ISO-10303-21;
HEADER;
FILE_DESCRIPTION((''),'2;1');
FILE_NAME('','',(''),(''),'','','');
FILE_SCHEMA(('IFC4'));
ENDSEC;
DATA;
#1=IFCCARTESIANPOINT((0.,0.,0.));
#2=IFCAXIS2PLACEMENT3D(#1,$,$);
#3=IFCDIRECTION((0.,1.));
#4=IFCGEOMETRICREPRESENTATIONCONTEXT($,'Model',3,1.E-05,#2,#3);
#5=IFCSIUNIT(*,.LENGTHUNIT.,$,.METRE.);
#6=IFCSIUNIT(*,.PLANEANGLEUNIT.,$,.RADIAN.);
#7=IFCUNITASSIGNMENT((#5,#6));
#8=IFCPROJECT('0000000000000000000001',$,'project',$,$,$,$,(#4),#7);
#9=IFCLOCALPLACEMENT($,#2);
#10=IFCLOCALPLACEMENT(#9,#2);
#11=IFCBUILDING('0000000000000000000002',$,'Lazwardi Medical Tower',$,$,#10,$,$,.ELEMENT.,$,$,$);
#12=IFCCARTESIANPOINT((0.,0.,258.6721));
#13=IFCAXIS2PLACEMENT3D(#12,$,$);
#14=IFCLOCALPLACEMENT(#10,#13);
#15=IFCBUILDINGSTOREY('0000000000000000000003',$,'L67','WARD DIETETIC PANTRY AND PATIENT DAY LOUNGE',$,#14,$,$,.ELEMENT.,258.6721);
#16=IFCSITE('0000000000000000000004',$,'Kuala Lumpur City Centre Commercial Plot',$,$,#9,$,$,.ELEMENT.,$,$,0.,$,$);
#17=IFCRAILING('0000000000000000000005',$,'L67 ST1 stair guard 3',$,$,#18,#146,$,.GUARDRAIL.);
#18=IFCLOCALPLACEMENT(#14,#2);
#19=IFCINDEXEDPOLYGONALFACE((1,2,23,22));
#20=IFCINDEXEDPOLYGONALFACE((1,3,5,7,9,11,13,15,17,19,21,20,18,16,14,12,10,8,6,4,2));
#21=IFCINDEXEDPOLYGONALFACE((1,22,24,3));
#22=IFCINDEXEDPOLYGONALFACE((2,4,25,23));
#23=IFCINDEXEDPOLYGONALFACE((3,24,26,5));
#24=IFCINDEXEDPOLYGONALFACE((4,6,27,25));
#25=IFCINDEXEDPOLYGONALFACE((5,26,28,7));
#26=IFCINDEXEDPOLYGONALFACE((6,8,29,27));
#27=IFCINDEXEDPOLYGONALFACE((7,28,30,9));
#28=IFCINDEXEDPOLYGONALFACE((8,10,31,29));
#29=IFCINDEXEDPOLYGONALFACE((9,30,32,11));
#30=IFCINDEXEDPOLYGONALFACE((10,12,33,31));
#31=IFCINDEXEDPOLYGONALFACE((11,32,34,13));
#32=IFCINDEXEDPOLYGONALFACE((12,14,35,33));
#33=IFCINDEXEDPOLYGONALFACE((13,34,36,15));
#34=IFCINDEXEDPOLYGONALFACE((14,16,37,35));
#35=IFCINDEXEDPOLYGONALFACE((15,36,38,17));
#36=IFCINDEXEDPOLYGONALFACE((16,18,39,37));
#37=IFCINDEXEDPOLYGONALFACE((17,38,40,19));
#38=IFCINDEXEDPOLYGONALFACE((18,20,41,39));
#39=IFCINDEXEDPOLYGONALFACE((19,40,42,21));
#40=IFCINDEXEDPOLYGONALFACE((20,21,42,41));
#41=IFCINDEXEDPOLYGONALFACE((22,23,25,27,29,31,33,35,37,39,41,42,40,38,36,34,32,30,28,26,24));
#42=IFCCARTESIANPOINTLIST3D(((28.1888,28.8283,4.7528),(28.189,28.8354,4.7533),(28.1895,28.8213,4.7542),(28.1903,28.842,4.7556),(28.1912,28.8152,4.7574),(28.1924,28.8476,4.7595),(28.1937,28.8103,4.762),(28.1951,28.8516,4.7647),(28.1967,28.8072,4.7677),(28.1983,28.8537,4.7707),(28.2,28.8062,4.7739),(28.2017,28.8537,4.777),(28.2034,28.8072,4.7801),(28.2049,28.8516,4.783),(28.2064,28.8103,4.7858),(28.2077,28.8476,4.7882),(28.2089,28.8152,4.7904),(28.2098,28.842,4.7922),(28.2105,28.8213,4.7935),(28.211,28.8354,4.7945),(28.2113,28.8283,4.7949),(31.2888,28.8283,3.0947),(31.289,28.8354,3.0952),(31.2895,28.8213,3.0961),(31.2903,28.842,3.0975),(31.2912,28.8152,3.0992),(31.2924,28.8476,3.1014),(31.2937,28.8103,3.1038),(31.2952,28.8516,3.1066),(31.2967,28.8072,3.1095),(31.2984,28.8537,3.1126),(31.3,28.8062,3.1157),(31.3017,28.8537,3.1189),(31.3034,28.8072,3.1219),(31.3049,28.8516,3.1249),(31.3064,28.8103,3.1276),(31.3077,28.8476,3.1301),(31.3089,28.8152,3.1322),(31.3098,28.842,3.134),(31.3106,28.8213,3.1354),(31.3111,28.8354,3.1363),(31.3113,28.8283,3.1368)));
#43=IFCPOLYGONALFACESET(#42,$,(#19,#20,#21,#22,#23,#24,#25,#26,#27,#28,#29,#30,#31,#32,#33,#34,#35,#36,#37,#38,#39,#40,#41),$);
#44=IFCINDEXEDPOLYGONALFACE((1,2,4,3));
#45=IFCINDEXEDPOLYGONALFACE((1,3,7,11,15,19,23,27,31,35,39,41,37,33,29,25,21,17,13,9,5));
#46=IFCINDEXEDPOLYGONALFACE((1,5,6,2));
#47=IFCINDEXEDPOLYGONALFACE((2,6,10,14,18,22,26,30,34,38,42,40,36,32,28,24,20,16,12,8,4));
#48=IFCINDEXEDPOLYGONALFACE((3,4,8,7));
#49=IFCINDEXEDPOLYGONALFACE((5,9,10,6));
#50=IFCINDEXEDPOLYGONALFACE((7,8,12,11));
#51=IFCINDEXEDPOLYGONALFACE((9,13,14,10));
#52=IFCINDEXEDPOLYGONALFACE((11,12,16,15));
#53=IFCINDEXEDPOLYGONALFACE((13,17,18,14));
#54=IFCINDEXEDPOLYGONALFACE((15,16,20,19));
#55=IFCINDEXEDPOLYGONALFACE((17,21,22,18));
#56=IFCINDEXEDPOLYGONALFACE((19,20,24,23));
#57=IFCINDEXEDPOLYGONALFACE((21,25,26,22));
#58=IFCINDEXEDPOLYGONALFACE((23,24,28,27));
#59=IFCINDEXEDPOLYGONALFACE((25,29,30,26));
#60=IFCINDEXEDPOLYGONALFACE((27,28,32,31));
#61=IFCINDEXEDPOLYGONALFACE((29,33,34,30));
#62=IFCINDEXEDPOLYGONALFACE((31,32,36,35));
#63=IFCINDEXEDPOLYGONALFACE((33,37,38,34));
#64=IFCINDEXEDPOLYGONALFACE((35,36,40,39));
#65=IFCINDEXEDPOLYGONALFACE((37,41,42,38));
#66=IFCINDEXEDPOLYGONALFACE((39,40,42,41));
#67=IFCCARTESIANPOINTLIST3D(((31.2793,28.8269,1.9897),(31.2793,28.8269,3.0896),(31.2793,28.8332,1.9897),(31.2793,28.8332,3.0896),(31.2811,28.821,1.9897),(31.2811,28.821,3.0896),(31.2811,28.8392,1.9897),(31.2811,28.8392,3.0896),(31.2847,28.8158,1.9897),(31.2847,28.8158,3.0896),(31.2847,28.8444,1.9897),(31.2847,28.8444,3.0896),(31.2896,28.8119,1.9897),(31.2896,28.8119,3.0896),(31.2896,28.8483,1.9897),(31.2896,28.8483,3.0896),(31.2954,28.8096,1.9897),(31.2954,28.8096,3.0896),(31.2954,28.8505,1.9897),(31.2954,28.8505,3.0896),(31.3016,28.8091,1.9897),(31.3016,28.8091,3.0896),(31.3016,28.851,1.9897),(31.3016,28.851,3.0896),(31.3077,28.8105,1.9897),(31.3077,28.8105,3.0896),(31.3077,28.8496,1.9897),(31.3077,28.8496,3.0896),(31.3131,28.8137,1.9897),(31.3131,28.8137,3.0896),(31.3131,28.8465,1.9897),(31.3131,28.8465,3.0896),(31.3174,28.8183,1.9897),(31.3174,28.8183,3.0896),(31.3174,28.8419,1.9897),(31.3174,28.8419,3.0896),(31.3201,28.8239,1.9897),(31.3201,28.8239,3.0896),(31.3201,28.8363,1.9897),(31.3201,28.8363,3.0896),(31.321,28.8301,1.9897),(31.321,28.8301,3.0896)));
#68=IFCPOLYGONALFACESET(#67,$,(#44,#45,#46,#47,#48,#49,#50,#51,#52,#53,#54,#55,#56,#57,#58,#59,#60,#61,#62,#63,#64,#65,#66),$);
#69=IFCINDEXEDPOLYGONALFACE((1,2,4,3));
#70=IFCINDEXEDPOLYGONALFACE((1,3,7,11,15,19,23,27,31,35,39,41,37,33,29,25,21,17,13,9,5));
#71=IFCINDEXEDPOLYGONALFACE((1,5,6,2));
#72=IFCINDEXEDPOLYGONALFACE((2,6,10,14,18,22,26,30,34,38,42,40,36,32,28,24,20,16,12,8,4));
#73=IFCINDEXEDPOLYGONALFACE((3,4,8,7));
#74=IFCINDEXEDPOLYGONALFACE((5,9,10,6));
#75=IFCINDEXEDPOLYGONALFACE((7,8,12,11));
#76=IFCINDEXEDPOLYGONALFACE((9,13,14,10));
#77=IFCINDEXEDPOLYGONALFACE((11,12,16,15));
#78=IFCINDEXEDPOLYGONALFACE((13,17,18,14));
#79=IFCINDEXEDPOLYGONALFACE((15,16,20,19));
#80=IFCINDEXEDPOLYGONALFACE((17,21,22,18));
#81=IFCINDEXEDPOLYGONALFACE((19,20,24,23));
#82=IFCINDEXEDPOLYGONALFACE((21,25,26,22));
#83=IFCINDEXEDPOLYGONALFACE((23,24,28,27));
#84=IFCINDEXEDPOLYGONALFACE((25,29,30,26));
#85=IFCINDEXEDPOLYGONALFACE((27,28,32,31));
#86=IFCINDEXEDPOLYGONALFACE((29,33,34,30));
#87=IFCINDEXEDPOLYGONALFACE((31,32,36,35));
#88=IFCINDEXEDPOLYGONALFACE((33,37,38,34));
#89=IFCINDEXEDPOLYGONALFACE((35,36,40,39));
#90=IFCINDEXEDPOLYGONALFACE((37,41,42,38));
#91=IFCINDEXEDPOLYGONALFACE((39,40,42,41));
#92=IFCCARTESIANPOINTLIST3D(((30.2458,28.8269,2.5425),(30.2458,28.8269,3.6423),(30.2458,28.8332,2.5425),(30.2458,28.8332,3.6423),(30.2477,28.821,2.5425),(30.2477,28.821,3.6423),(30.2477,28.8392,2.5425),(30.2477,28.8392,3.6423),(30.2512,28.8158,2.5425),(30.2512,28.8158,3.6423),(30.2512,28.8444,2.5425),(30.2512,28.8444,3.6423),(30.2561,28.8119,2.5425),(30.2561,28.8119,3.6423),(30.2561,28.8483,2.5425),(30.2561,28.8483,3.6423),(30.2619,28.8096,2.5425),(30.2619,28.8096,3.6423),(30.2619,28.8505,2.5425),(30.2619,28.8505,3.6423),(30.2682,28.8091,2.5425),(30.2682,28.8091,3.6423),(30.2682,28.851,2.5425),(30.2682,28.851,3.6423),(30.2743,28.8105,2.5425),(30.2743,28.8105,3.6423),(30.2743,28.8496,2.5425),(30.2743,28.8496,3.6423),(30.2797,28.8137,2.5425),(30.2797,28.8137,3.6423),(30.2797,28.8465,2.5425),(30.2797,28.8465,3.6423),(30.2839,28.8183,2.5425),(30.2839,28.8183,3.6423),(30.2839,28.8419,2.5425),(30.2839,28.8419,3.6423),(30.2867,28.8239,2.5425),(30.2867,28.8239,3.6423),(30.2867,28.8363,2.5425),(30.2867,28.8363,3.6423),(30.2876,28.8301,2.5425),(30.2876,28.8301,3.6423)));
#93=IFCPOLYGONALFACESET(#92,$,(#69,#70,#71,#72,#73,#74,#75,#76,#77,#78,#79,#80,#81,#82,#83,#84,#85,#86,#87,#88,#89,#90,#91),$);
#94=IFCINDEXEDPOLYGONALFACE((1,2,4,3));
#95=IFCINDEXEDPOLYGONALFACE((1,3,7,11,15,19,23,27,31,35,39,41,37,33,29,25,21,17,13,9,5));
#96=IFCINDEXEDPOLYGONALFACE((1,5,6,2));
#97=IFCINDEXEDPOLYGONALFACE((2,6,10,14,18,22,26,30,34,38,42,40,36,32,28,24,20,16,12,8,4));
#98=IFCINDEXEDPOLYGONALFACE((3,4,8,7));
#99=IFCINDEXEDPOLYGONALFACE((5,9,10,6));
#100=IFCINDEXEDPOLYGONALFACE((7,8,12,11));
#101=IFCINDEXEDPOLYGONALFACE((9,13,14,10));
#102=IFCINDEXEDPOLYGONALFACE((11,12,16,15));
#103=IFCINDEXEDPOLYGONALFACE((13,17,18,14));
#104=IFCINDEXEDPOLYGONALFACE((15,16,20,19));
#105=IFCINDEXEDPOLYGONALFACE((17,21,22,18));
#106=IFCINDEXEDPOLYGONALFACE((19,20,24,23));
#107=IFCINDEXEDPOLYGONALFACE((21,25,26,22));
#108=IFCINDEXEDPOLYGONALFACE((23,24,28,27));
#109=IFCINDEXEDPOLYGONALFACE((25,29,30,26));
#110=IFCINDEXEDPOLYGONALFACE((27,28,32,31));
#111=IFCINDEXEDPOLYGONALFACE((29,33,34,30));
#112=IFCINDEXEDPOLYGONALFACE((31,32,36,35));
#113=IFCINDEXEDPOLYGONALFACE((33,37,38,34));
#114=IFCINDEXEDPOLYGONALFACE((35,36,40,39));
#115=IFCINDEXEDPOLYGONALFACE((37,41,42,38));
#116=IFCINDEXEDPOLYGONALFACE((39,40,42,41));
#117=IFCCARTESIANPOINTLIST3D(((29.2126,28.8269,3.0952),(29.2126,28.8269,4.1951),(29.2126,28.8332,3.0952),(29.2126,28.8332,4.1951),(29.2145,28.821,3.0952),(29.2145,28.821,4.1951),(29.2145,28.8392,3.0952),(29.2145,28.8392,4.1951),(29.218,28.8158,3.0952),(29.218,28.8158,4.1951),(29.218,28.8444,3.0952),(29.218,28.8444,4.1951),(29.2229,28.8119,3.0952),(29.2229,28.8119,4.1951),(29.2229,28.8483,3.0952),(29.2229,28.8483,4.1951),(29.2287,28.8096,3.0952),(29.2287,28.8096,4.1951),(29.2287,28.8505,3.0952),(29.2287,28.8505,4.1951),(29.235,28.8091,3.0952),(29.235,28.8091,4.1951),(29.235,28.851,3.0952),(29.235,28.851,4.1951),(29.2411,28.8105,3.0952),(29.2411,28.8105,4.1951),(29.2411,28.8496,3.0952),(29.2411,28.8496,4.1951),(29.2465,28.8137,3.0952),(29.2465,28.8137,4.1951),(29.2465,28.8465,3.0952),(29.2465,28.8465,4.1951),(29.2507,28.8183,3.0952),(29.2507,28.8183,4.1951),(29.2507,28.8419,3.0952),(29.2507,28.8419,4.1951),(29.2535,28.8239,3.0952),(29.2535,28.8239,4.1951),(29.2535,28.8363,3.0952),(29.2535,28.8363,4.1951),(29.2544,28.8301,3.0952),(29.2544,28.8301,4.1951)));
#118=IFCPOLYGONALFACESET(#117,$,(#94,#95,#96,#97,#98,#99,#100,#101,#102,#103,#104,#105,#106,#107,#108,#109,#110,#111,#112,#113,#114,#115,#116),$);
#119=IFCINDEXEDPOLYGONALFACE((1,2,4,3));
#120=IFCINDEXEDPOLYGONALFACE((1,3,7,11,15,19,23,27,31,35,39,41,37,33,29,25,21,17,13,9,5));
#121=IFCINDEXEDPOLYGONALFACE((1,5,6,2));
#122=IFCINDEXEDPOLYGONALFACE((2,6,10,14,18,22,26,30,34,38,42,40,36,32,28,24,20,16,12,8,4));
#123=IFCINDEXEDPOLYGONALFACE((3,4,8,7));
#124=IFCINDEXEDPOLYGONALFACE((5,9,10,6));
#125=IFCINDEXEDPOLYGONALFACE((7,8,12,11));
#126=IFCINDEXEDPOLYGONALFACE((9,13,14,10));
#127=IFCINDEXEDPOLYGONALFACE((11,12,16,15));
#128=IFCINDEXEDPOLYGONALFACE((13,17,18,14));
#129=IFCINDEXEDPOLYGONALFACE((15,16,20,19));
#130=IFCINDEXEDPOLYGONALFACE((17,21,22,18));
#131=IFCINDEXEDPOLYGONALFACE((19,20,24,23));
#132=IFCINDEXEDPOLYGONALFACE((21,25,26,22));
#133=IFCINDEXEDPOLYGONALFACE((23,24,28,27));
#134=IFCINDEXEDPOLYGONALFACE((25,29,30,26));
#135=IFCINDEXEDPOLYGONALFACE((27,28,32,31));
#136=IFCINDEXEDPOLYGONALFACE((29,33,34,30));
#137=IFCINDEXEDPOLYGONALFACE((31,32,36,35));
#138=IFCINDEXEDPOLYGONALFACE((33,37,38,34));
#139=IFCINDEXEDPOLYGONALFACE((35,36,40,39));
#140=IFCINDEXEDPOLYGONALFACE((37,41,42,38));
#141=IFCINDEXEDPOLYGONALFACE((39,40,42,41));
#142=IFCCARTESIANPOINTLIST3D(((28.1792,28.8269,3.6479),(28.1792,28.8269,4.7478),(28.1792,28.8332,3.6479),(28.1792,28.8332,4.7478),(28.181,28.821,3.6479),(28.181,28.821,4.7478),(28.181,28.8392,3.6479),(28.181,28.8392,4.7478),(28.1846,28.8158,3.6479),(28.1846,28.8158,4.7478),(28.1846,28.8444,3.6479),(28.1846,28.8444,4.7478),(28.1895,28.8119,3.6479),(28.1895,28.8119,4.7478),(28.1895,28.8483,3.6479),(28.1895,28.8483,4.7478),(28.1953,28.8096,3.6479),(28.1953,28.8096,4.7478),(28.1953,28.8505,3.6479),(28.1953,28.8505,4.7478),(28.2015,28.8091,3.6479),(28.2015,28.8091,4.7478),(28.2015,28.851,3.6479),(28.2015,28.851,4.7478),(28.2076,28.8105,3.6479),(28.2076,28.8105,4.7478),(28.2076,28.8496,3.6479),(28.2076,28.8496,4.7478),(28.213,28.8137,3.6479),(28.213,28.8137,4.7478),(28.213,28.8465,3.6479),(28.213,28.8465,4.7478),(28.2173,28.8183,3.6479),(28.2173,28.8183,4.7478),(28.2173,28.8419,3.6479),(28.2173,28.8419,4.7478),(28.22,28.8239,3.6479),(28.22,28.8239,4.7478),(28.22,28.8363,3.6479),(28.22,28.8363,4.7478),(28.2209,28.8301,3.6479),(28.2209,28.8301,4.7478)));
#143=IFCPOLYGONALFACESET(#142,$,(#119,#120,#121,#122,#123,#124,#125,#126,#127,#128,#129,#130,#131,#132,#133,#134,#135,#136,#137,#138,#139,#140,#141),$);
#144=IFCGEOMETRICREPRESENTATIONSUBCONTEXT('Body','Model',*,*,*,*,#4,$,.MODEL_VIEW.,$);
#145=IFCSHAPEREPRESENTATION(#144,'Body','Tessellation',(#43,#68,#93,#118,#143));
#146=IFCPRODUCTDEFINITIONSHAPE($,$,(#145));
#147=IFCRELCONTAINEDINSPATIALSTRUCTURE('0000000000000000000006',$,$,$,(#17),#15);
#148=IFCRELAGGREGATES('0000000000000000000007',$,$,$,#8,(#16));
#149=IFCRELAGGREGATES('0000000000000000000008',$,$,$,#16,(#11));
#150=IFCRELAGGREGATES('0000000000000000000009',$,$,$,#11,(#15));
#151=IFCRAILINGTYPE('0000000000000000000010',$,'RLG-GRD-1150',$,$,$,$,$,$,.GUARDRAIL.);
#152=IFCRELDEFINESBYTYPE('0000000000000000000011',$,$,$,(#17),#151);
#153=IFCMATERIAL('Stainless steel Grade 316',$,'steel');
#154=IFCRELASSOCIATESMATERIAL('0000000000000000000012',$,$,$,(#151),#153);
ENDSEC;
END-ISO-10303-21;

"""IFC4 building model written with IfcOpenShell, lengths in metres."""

from ifc_helpers import new_model, si_unit, direction, frame, origin, origin_2d, place, context, subcontext, project, spatial, circle, extrude, material, type_object, element, save


model = new_model("IFC4")

# Units and contexts
model_context = context("Model", 3, precision=1e-05, world=origin(), true_north=direction((0.0, 1.0)))
body_context = subcontext(model_context, "Body", "Model", "MODEL_VIEW")
ifc_project = project(units=[si_unit("LENGTHUNIT", "METRE"), si_unit("PLANEANGLEUNIT", "RADIAN")], contexts=[model_context])

# Site, building, storey
site_placement = place(None, origin())
site = spatial("IfcSite", under=ifc_project, at=site_placement, Name="Kuala Lumpur City Centre Commercial Plot", CompositionType="ELEMENT", RefElevation=0.0)
building_placement = place(site_placement, origin())
building = spatial("IfcBuilding", under=site, at=building_placement, Name="Lazwardi Medical Tower", CompositionType="ELEMENT")
storey_placement = place(building_placement, frame((0.0, 0.0, 258.6721)))
storey = spatial("IfcBuildingStorey", under=building, at=storey_placement, Name="L67", Description="WARD DIETETIC PANTRY AND PATIENT DAY LOUNGE", CompositionType="ELEMENT", Elevation=258.6721)

# Railing
ifc_material_1 = material(Name="Stainless steel Grade 316", Category="steel")
railing_type_1 = type_object("IfcRailingType", Name="RLG-GRD-1150", PredefinedType="GUARDRAIL", material=ifc_material_1)
railing_1_placement = place(storey_placement, frame((31.3, 28.8301, 1.9897)))
element("IfcRailing", 1, at=railing_1_placement, inside=storey, type_object=railing_type_1, Name="L67 ST1 stair guard 3", PredefinedType="GUARDRAIL", context=body_context, shape_type="SweptSolid", body=[
    extrude(circle(Radius=0.0239, at=origin_2d()), frame((0.0, 0.0, 1.126), z_axis=(-0.881783, 0.0, 0.471655), x_axis=(0.0, -1.0, 0.0)), (0.0, 0.0, 1.0), 3.5156),
    extrude(circle(Radius=0.021, at=origin_2d()), origin(), (0.0, 0.0, 1.0), 1.0999),
    extrude(circle(Radius=0.021, at=origin_2d()), frame((-1.0334, 0.0, 0.5527)), (0.0, 0.0, 1.0), 1.0999),
    extrude(circle(Radius=0.021, at=origin_2d()), frame((-2.0667, 0.0, 1.1055)), (0.0, 0.0, 1.0), 1.0999),
    extrude(circle(Radius=0.021, at=origin_2d()), frame((-3.1001, 0.0, 1.6582)), (0.0, 0.0, 1.0), 1.0999),
])

save(model, "model.ifc")
